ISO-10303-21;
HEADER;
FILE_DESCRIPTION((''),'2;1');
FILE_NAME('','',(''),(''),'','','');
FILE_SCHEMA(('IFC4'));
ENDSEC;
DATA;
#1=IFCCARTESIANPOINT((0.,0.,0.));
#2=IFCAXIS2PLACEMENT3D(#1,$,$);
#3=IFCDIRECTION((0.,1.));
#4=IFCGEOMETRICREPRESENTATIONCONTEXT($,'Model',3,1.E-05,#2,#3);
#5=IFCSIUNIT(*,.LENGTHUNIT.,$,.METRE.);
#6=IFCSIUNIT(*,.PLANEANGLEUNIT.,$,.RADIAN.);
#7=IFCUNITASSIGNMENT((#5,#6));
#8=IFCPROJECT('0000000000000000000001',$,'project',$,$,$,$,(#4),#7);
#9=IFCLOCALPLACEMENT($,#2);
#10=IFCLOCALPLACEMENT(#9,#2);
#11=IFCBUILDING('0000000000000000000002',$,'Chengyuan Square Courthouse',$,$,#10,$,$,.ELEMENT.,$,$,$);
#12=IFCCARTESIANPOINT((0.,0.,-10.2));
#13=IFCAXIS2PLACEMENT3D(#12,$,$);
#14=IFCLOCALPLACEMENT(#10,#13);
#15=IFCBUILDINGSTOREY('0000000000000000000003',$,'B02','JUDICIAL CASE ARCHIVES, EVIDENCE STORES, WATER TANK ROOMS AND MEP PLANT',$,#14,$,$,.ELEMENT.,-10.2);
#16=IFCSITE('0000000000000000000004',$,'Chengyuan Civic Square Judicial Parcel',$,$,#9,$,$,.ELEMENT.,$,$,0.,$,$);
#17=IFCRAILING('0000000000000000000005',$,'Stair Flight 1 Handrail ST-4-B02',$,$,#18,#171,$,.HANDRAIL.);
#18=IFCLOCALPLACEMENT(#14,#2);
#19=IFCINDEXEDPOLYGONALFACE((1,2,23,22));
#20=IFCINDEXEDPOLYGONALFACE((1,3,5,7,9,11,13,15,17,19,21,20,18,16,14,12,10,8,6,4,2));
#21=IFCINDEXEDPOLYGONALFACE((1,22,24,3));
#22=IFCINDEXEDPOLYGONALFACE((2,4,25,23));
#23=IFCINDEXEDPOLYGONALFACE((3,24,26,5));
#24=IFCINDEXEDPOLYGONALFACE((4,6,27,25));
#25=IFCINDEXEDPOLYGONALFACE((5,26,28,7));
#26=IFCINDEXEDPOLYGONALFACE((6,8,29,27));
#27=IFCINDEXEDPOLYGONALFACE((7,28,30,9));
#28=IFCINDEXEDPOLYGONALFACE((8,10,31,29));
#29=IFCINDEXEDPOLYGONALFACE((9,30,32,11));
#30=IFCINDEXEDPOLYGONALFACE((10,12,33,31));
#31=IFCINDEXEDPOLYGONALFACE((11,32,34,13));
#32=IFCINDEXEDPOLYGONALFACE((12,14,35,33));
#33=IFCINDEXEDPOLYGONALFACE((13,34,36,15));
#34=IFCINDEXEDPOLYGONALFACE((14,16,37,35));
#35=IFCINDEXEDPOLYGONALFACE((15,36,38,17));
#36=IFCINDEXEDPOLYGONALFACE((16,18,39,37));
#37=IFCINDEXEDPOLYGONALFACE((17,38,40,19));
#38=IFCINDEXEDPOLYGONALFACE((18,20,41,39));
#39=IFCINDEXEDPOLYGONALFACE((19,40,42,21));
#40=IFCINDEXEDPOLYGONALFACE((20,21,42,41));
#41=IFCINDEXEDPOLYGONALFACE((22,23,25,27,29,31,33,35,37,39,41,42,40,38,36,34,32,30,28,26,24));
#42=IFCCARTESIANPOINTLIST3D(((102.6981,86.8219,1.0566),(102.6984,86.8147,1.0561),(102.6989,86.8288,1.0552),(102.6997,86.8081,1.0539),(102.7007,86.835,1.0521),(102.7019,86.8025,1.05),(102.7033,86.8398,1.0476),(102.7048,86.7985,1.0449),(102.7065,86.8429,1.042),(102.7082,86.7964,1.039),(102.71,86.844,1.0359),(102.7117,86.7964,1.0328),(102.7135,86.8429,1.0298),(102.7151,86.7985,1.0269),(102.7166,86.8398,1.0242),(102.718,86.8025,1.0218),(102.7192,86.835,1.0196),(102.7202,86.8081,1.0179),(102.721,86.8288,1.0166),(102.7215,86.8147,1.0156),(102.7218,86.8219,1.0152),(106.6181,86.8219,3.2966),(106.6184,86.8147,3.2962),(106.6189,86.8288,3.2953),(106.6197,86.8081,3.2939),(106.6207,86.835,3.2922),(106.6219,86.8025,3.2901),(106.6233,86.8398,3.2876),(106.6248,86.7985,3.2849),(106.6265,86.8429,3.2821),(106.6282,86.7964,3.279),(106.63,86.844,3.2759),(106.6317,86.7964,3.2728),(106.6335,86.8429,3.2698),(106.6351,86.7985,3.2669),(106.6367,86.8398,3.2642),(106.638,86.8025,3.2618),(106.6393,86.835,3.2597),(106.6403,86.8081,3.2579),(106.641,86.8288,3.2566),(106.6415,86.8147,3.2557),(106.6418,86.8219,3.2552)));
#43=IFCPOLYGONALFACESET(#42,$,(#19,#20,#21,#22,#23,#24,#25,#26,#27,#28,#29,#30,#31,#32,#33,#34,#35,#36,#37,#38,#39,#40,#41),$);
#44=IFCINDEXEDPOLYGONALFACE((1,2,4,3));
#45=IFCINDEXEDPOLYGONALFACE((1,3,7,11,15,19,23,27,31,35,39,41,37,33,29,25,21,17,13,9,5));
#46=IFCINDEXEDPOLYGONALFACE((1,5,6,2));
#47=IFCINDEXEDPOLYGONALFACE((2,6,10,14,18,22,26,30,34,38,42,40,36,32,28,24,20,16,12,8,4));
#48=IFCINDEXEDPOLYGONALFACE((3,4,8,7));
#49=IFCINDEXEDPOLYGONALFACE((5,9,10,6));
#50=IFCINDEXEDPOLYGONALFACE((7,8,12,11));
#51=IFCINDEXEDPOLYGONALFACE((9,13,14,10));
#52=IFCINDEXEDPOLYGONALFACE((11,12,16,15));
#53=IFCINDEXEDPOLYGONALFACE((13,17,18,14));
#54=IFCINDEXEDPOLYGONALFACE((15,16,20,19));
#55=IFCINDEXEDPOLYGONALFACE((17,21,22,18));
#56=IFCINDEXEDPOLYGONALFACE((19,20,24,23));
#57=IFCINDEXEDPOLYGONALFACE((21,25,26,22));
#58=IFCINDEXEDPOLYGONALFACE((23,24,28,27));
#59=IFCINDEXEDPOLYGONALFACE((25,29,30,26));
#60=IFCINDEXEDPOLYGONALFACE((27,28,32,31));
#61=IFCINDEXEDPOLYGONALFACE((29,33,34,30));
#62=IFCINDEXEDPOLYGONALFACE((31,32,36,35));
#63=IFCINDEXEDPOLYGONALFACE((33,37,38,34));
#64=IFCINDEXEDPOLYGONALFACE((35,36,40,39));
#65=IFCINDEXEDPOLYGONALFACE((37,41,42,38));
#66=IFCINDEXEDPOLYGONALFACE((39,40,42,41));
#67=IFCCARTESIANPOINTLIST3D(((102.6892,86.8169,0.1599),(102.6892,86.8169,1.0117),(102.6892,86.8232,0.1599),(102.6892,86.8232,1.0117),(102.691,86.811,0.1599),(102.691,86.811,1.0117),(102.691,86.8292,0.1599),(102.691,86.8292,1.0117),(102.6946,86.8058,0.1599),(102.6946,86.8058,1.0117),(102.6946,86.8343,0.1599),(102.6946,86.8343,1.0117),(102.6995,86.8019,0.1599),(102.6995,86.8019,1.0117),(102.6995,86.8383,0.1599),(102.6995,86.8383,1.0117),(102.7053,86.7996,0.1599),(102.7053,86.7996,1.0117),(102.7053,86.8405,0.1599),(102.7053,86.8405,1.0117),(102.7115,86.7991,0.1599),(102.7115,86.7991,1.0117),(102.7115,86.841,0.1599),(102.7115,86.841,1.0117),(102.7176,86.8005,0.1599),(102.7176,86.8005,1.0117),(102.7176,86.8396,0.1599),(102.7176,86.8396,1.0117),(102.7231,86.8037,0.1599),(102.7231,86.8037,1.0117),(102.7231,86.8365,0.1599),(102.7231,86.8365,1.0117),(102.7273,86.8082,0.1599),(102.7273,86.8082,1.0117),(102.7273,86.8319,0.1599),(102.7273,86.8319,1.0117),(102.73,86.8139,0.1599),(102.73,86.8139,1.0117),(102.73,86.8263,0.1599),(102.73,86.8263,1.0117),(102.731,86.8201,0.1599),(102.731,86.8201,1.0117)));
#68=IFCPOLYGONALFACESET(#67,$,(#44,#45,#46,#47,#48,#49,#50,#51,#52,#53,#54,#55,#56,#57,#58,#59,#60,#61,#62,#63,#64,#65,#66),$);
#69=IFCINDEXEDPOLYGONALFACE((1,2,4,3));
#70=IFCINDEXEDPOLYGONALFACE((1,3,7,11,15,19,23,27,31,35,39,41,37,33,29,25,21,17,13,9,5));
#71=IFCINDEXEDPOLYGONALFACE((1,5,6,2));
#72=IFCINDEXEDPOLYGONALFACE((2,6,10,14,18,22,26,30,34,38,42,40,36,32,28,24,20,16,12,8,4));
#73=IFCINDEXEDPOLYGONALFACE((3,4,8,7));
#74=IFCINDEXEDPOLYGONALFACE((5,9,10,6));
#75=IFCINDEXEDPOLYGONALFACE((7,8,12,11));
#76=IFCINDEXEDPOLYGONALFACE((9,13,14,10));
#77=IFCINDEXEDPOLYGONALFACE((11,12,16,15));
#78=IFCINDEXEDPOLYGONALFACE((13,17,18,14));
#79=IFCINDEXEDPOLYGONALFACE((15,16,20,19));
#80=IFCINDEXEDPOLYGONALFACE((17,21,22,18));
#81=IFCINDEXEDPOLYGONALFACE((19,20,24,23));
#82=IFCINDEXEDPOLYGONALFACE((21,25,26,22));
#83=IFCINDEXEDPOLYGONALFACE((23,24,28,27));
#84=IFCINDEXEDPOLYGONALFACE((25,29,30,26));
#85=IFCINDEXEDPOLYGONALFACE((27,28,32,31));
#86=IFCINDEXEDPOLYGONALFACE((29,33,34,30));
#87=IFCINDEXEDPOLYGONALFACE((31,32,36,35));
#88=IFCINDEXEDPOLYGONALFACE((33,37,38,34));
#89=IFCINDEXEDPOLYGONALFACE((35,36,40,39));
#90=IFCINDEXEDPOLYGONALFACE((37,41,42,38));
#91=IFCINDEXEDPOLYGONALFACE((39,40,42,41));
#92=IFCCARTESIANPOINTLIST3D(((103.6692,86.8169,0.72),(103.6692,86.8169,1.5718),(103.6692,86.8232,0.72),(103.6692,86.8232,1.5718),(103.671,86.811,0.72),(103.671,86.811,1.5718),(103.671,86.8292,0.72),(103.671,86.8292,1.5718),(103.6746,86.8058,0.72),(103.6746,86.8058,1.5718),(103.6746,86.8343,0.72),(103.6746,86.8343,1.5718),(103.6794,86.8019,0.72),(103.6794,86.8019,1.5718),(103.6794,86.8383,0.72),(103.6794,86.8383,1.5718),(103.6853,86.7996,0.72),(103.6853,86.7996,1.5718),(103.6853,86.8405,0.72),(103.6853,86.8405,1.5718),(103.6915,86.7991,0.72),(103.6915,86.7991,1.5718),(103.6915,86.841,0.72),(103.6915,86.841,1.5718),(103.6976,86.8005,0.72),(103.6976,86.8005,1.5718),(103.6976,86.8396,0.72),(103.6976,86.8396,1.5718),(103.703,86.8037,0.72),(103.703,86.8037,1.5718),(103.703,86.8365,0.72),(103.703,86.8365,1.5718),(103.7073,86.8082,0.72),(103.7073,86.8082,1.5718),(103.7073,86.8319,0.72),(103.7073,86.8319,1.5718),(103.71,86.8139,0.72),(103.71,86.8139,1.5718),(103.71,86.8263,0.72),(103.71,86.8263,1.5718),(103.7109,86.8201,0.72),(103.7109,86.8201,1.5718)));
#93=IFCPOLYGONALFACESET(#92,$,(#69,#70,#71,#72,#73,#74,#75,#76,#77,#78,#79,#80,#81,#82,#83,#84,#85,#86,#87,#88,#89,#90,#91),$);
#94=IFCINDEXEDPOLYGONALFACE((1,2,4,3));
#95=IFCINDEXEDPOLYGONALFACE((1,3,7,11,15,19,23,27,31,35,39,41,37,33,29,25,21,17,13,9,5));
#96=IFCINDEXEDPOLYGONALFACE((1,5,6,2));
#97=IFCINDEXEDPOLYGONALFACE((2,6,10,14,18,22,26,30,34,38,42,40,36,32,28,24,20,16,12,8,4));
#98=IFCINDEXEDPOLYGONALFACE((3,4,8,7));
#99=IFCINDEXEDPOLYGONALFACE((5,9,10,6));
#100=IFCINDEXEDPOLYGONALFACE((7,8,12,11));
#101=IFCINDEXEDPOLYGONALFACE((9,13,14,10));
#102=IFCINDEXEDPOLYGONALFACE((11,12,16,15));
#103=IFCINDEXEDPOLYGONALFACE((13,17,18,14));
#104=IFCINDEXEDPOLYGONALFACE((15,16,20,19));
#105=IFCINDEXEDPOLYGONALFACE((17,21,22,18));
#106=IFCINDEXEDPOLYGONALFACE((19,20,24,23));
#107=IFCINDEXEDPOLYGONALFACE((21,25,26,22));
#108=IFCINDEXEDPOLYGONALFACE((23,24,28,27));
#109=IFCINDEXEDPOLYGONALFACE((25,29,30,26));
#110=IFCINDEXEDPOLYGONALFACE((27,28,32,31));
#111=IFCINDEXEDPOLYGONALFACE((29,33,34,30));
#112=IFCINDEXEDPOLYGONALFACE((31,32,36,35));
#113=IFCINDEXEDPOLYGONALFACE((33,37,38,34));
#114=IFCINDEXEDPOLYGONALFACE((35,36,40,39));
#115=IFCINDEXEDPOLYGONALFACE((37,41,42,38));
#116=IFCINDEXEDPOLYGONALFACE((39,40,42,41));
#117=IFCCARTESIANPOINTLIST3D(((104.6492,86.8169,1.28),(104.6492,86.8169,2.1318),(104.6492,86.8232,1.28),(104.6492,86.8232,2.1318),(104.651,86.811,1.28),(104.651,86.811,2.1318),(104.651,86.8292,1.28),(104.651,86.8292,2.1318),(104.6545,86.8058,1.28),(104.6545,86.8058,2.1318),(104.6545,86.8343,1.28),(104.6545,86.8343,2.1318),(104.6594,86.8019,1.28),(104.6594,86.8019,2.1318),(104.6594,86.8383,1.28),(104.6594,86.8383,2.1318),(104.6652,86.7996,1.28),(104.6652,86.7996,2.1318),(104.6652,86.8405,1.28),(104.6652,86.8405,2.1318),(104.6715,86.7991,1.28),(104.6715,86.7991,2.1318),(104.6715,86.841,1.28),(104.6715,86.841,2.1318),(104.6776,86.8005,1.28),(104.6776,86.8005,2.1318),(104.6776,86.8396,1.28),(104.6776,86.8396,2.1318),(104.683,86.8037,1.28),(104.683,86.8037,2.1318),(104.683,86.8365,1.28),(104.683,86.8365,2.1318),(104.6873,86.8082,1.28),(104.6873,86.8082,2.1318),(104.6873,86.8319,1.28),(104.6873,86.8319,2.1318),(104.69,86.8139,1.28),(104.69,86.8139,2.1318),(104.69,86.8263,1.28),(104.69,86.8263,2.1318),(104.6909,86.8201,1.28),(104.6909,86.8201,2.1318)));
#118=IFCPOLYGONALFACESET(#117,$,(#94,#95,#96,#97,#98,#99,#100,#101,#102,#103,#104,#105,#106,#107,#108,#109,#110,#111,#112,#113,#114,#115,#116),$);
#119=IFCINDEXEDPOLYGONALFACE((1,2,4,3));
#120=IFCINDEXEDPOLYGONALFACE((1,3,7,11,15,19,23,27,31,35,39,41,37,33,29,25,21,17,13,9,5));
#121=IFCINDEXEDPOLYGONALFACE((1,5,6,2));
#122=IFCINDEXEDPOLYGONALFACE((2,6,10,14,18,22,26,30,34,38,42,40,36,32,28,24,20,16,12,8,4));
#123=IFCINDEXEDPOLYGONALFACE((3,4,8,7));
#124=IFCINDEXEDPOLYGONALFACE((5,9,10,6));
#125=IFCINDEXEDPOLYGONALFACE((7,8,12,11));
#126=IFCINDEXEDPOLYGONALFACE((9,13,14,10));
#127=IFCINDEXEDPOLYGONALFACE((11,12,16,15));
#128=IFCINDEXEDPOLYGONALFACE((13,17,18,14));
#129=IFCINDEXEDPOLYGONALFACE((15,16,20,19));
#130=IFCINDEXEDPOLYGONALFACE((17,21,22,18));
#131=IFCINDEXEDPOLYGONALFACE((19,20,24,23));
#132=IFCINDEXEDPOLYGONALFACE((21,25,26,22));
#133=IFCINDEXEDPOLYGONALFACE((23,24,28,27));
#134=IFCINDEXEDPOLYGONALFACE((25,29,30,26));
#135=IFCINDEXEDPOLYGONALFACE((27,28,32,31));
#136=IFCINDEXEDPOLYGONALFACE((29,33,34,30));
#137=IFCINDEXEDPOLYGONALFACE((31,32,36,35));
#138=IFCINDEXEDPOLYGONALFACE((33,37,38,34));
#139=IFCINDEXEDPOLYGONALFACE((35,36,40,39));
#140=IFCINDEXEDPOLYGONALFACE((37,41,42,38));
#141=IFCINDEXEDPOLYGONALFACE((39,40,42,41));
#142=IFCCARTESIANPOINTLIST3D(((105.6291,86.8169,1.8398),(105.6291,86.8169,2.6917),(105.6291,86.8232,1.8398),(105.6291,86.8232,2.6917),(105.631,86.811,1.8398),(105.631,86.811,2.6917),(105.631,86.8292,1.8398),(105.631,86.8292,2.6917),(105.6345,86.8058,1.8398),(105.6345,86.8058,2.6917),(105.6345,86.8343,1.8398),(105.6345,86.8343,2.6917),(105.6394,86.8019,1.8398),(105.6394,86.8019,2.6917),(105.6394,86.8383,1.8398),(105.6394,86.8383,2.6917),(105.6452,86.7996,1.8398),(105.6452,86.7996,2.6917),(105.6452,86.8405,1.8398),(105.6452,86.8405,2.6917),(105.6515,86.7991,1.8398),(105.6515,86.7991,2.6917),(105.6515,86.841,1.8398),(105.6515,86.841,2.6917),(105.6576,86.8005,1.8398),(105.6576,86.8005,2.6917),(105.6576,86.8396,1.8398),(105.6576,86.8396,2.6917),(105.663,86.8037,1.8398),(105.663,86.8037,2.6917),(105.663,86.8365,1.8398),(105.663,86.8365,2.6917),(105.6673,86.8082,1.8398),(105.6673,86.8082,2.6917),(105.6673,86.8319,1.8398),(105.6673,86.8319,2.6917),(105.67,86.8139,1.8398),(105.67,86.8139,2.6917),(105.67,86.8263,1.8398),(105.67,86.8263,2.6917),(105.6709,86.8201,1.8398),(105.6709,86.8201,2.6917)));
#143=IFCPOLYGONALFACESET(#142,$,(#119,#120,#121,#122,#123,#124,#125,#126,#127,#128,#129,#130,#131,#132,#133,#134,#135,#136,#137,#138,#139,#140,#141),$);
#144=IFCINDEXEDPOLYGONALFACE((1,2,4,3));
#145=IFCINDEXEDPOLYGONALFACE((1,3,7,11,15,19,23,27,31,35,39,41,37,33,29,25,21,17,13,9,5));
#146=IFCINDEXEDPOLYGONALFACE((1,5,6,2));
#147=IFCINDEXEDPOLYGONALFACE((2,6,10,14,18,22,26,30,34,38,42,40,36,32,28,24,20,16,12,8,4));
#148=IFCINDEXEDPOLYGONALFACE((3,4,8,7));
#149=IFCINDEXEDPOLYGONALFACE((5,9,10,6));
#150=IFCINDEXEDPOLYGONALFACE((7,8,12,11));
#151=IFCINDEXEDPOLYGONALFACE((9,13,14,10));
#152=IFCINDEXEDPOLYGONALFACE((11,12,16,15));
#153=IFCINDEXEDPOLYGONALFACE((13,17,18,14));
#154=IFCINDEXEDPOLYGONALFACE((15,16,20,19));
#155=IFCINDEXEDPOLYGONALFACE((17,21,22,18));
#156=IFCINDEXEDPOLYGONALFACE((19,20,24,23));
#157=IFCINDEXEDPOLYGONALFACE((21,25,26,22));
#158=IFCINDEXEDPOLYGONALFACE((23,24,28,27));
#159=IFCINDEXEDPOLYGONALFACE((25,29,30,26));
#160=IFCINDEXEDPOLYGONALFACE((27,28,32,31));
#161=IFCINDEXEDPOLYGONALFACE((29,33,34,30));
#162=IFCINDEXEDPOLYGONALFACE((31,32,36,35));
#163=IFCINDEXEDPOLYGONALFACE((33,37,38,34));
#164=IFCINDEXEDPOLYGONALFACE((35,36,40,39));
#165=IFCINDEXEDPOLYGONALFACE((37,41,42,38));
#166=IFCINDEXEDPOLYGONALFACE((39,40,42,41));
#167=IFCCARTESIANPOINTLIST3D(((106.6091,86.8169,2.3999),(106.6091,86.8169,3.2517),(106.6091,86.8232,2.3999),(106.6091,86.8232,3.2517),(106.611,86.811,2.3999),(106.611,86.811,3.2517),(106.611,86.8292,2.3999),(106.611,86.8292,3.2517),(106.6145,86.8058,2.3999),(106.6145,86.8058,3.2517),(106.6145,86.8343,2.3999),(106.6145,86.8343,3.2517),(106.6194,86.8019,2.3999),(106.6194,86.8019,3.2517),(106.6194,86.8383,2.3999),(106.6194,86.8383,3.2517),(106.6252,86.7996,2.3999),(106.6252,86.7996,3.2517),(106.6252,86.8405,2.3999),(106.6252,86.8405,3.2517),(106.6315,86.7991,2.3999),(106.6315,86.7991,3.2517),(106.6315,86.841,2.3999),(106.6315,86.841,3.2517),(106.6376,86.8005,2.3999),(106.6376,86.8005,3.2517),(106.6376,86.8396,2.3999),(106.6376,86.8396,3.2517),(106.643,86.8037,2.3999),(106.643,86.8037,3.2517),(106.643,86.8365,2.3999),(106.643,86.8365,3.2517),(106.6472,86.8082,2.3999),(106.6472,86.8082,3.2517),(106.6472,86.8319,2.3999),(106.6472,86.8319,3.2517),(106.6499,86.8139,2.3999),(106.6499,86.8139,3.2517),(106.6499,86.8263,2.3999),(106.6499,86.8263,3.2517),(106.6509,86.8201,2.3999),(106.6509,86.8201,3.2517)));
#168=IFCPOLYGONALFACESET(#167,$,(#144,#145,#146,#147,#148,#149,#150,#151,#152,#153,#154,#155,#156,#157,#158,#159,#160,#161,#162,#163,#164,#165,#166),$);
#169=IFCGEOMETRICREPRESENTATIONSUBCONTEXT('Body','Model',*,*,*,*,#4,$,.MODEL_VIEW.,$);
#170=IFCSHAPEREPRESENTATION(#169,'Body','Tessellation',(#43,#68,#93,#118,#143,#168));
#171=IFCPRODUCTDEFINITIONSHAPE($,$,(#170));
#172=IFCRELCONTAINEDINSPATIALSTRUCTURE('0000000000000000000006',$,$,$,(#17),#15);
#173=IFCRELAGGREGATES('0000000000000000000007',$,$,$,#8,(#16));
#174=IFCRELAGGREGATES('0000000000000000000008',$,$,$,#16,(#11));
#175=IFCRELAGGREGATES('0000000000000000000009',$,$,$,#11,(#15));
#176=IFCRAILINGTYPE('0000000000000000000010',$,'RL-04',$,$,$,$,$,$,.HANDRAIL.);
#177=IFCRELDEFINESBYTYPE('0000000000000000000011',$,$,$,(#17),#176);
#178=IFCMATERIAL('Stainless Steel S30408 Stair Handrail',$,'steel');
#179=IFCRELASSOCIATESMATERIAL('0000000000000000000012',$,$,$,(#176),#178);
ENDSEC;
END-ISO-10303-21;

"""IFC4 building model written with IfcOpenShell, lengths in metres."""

from ifc_helpers import new_model, si_unit, direction, frame, origin, origin_2d, place, context, subcontext, project, spatial, circle, extrude, material, type_object, element, save


model = new_model("IFC4")

# Units and contexts
model_context = context("Model", 3, precision=1e-05, world=origin(), true_north=direction((0.0, 1.0)))
body_context = subcontext(model_context, "Body", "Model", "MODEL_VIEW")
ifc_project = project(units=[si_unit("LENGTHUNIT", "METRE"), si_unit("PLANEANGLEUNIT", "RADIAN")], contexts=[model_context])

# Site, building, storey
site_placement = place(None, origin())
site = spatial("IfcSite", under=ifc_project, at=site_placement, Name="Chengyuan Civic Square Judicial Parcel", CompositionType="ELEMENT", RefElevation=0.0)
building_placement = place(site_placement, origin())
building = spatial("IfcBuilding", under=site, at=building_placement, Name="Chengyuan Square Courthouse", CompositionType="ELEMENT")
storey_placement = place(building_placement, frame((0.0, 0.0, -10.2)))
storey = spatial("IfcBuildingStorey", under=building, at=storey_placement, Name="B02", Description="JUDICIAL CASE ARCHIVES, EVIDENCE STORES, WATER TANK ROOMS AND MEP PLANT", CompositionType="ELEMENT", Elevation=-10.2)

# Railing
ifc_material_1 = material(Name="Stainless Steel S30408 Stair Handrail", Category="steel")
railing_type_1 = type_object("IfcRailingType", Name="RL-04", PredefinedType="HANDRAIL", material=ifc_material_1)
railing_1_placement = place(storey_placement, frame((102.71, 86.8201, 0.1599)))
element("IfcRailing", 1, at=railing_1_placement, inside=storey, type_object=railing_type_1, Name="Stair Flight 1 Handrail ST-4-B02", PredefinedType="HANDRAIL", context=body_context, shape_type="SweptSolid", body=[
    extrude(circle(Radius=0.0239, at=origin_2d()), frame((0.0, 0.0, 0.876), z_axis=(0.86824, 0.0, 0.496145), x_axis=(0.0, 1.0, 0.0)), (0.0, 0.0, 1.0), 4.5149),
    extrude(circle(Radius=0.021, at=origin_2d()), origin(), (0.0, 0.0, 1.0), 0.8518),
    extrude(circle(Radius=0.021, at=origin_2d()), frame((0.98, 0.0, 0.5601)), (0.0, 0.0, 1.0), 0.8518),
    extrude(circle(Radius=0.021, at=origin_2d()), frame((1.96, 0.0, 1.1201)), (0.0, 0.0, 1.0), 0.8518),
    extrude(circle(Radius=0.021, at=origin_2d()), frame((2.9399, 0.0, 1.6799)), (0.0, 0.0, 1.0), 0.8518),
    extrude(circle(Radius=0.021, at=origin_2d()), frame((3.9199, 0.0, 2.24)), (0.0, 0.0, 1.0), 0.8518),
])

save(model, "model.ifc")
